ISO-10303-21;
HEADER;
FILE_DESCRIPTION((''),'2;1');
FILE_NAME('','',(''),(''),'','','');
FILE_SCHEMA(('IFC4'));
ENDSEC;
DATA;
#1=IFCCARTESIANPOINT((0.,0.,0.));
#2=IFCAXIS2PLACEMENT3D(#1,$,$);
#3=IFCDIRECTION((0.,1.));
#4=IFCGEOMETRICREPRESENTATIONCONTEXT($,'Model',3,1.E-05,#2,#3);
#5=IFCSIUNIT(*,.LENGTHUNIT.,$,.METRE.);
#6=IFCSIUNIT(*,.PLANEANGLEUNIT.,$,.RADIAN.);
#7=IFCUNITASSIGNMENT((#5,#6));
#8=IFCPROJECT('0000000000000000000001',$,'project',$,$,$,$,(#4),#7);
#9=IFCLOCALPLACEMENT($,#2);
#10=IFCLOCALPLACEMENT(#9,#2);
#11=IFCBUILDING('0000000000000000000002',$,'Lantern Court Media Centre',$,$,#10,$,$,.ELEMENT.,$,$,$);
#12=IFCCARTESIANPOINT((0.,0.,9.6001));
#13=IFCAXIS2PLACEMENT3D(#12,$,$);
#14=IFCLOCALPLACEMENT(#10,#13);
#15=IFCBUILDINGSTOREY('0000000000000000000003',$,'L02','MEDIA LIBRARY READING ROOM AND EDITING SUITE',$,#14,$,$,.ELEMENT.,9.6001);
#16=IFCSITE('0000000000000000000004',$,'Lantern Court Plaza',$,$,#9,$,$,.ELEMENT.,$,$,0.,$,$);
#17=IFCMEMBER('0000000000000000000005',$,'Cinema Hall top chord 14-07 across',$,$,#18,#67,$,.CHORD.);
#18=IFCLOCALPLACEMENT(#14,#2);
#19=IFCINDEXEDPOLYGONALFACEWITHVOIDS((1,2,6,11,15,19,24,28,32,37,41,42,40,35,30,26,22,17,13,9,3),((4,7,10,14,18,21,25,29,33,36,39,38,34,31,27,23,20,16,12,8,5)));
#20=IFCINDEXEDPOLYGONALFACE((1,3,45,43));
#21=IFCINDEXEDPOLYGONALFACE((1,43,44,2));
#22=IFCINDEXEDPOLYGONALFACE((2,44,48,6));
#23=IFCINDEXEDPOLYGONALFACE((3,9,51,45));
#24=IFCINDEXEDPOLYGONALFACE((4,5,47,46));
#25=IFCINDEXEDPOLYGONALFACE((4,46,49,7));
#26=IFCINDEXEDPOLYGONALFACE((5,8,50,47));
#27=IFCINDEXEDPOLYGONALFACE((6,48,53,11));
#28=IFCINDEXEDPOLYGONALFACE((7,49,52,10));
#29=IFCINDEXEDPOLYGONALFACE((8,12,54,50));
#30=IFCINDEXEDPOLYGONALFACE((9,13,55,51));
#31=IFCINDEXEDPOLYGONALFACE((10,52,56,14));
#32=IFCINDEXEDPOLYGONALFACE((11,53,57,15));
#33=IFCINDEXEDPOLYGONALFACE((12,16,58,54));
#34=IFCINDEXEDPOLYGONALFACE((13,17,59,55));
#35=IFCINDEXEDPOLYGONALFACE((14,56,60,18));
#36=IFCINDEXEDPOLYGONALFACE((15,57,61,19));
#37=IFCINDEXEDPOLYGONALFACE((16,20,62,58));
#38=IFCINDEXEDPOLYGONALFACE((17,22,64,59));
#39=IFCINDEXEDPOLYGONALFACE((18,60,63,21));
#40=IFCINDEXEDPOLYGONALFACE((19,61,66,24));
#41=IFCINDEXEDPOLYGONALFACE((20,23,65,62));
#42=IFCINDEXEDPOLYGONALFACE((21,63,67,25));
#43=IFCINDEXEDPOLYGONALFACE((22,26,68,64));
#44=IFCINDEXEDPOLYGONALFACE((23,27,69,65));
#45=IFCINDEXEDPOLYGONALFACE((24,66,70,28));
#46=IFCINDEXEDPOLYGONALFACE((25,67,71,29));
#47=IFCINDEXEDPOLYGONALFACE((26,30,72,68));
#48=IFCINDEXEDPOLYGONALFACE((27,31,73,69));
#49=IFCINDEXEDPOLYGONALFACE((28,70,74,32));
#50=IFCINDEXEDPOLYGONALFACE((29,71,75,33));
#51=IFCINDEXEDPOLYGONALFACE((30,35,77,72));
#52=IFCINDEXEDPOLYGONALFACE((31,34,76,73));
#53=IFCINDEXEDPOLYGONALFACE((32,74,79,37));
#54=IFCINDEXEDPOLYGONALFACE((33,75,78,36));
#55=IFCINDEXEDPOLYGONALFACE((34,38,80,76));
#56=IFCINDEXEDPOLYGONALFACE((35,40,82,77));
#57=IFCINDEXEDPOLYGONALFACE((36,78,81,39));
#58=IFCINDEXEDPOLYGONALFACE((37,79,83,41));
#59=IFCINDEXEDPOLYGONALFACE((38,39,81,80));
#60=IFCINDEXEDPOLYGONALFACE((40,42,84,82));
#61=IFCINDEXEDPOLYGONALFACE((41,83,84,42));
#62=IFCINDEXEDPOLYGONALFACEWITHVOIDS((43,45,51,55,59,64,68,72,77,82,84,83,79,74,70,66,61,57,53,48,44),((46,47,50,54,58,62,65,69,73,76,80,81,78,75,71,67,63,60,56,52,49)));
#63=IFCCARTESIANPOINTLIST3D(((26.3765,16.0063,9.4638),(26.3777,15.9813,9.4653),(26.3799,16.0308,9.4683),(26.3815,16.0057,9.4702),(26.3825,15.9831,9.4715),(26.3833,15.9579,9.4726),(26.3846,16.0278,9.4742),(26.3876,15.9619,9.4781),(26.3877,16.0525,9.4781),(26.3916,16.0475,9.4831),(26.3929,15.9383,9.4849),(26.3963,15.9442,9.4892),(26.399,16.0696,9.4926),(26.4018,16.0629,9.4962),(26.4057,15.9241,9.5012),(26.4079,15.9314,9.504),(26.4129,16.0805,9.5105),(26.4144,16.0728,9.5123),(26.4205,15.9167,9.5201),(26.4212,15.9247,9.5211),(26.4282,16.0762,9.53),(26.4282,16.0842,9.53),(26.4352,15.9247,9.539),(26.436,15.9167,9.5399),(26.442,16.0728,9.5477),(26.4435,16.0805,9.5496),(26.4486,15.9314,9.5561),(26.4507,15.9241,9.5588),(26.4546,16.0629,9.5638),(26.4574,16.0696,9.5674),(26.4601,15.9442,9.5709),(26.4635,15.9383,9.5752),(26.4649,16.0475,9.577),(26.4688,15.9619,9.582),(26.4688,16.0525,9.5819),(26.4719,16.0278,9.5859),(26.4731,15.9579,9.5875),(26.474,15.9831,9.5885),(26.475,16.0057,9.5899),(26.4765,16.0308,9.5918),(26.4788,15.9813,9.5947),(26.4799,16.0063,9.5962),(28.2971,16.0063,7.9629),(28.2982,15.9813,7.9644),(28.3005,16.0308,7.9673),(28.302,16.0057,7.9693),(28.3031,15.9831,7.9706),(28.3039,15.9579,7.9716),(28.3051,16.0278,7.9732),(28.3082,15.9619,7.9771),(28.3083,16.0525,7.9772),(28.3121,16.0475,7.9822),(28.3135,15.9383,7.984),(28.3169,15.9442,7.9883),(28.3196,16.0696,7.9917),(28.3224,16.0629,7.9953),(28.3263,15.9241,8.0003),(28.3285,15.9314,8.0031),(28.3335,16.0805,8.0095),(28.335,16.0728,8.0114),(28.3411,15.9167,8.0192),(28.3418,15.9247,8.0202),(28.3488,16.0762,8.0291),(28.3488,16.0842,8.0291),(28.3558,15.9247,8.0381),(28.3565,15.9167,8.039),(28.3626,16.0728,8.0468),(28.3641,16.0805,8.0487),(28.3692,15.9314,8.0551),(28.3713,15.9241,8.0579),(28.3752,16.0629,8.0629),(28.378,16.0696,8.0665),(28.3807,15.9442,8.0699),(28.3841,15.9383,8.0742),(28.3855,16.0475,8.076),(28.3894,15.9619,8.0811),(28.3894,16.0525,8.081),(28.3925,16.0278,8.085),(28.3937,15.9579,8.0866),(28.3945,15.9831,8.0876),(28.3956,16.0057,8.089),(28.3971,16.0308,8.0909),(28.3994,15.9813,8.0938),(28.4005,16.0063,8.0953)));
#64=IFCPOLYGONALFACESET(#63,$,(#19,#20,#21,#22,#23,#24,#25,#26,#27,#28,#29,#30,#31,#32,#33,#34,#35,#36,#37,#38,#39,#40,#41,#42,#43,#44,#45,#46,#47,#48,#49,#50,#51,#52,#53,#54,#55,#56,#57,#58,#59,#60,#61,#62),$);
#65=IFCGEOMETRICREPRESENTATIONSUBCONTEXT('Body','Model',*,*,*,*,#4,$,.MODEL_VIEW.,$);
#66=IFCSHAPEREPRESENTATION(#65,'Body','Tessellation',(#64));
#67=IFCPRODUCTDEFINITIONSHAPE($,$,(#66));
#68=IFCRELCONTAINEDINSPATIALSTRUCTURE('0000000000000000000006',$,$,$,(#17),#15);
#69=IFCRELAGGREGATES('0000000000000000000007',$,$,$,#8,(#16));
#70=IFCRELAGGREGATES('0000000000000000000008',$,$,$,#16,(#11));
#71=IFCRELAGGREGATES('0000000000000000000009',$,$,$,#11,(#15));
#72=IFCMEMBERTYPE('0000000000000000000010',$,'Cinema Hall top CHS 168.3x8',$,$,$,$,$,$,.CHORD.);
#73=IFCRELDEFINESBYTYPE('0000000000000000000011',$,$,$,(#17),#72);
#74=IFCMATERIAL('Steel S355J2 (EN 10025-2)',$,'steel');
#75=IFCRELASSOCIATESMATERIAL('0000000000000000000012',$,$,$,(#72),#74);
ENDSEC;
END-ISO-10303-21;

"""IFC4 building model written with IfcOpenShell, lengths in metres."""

from ifc_helpers import new_model, si_unit, direction, frame, origin, origin_2d, place, context, subcontext, project, spatial, hollow_circle, extrude, material, material_profile, profile_set, type_object, element, save


model = new_model("IFC4")

# Units and contexts
model_context = context("Model", 3, precision=1e-05, world=origin(), true_north=direction((0.0, 1.0)))
body_context = subcontext(model_context, "Body", "Model", "MODEL_VIEW")
ifc_project = project(units=[si_unit("LENGTHUNIT", "METRE"), si_unit("PLANEANGLEUNIT", "RADIAN")], contexts=[model_context])

# Site, building, storey
site_placement = place(None, origin())
site = spatial("IfcSite", under=ifc_project, at=site_placement, Name="Lantern Court Plaza", CompositionType="ELEMENT", RefElevation=0.0)
building_placement = place(site_placement, origin())
building = spatial("IfcBuilding", under=site, at=building_placement, Name="Lantern Court Media Centre", CompositionType="ELEMENT")
storey_placement = place(building_placement, frame((0.0, 0.0, 9.6001)))
storey = spatial("IfcBuildingStorey", under=building, at=storey_placement, Name="L02", Description="MEDIA LIBRARY READING ROOM AND EDITING SUITE", CompositionType="ELEMENT", Elevation=9.6001)

# Member
ifc_material = material(Name="Steel S355J2 (EN 10025-2)", Category="steel")
ifc_material_profile_1 = material_profile(ifc_material, hollow_circle(Radius=0.0842, WallThickness=0.0081, at=origin_2d()), Name="Cinema Hall top CHS 168.3x8")
ifc_profile_set_1 = profile_set([ifc_material_profile_1], Name="Steel S355J2 (EN 10025-2)")
member_type_1 = type_object("IfcMemberType", Name="Cinema Hall top CHS 168.3x8", PredefinedType="CHORD", material=ifc_profile_set_1)
member_1_placement = place(storey_placement, frame((26.4282, 16.0, 9.53), z_axis=(0.787932, 0.0, -0.615763), x_axis=(0.0, 1.0, 0.0)))
element("IfcMember", 1, at=member_1_placement, inside=storey, type_object=member_type_1, Name="Cinema Hall top chord 14-07 across", PredefinedType="CHORD", context=body_context, shape_type="SweptSolid", body=[
    extrude(hollow_circle(Radius=0.0842, WallThickness=0.0081, at=origin_2d()), origin(), (0.0, 0.0, 1.0), 2.4375),
])

save(model, "model.ifc")
